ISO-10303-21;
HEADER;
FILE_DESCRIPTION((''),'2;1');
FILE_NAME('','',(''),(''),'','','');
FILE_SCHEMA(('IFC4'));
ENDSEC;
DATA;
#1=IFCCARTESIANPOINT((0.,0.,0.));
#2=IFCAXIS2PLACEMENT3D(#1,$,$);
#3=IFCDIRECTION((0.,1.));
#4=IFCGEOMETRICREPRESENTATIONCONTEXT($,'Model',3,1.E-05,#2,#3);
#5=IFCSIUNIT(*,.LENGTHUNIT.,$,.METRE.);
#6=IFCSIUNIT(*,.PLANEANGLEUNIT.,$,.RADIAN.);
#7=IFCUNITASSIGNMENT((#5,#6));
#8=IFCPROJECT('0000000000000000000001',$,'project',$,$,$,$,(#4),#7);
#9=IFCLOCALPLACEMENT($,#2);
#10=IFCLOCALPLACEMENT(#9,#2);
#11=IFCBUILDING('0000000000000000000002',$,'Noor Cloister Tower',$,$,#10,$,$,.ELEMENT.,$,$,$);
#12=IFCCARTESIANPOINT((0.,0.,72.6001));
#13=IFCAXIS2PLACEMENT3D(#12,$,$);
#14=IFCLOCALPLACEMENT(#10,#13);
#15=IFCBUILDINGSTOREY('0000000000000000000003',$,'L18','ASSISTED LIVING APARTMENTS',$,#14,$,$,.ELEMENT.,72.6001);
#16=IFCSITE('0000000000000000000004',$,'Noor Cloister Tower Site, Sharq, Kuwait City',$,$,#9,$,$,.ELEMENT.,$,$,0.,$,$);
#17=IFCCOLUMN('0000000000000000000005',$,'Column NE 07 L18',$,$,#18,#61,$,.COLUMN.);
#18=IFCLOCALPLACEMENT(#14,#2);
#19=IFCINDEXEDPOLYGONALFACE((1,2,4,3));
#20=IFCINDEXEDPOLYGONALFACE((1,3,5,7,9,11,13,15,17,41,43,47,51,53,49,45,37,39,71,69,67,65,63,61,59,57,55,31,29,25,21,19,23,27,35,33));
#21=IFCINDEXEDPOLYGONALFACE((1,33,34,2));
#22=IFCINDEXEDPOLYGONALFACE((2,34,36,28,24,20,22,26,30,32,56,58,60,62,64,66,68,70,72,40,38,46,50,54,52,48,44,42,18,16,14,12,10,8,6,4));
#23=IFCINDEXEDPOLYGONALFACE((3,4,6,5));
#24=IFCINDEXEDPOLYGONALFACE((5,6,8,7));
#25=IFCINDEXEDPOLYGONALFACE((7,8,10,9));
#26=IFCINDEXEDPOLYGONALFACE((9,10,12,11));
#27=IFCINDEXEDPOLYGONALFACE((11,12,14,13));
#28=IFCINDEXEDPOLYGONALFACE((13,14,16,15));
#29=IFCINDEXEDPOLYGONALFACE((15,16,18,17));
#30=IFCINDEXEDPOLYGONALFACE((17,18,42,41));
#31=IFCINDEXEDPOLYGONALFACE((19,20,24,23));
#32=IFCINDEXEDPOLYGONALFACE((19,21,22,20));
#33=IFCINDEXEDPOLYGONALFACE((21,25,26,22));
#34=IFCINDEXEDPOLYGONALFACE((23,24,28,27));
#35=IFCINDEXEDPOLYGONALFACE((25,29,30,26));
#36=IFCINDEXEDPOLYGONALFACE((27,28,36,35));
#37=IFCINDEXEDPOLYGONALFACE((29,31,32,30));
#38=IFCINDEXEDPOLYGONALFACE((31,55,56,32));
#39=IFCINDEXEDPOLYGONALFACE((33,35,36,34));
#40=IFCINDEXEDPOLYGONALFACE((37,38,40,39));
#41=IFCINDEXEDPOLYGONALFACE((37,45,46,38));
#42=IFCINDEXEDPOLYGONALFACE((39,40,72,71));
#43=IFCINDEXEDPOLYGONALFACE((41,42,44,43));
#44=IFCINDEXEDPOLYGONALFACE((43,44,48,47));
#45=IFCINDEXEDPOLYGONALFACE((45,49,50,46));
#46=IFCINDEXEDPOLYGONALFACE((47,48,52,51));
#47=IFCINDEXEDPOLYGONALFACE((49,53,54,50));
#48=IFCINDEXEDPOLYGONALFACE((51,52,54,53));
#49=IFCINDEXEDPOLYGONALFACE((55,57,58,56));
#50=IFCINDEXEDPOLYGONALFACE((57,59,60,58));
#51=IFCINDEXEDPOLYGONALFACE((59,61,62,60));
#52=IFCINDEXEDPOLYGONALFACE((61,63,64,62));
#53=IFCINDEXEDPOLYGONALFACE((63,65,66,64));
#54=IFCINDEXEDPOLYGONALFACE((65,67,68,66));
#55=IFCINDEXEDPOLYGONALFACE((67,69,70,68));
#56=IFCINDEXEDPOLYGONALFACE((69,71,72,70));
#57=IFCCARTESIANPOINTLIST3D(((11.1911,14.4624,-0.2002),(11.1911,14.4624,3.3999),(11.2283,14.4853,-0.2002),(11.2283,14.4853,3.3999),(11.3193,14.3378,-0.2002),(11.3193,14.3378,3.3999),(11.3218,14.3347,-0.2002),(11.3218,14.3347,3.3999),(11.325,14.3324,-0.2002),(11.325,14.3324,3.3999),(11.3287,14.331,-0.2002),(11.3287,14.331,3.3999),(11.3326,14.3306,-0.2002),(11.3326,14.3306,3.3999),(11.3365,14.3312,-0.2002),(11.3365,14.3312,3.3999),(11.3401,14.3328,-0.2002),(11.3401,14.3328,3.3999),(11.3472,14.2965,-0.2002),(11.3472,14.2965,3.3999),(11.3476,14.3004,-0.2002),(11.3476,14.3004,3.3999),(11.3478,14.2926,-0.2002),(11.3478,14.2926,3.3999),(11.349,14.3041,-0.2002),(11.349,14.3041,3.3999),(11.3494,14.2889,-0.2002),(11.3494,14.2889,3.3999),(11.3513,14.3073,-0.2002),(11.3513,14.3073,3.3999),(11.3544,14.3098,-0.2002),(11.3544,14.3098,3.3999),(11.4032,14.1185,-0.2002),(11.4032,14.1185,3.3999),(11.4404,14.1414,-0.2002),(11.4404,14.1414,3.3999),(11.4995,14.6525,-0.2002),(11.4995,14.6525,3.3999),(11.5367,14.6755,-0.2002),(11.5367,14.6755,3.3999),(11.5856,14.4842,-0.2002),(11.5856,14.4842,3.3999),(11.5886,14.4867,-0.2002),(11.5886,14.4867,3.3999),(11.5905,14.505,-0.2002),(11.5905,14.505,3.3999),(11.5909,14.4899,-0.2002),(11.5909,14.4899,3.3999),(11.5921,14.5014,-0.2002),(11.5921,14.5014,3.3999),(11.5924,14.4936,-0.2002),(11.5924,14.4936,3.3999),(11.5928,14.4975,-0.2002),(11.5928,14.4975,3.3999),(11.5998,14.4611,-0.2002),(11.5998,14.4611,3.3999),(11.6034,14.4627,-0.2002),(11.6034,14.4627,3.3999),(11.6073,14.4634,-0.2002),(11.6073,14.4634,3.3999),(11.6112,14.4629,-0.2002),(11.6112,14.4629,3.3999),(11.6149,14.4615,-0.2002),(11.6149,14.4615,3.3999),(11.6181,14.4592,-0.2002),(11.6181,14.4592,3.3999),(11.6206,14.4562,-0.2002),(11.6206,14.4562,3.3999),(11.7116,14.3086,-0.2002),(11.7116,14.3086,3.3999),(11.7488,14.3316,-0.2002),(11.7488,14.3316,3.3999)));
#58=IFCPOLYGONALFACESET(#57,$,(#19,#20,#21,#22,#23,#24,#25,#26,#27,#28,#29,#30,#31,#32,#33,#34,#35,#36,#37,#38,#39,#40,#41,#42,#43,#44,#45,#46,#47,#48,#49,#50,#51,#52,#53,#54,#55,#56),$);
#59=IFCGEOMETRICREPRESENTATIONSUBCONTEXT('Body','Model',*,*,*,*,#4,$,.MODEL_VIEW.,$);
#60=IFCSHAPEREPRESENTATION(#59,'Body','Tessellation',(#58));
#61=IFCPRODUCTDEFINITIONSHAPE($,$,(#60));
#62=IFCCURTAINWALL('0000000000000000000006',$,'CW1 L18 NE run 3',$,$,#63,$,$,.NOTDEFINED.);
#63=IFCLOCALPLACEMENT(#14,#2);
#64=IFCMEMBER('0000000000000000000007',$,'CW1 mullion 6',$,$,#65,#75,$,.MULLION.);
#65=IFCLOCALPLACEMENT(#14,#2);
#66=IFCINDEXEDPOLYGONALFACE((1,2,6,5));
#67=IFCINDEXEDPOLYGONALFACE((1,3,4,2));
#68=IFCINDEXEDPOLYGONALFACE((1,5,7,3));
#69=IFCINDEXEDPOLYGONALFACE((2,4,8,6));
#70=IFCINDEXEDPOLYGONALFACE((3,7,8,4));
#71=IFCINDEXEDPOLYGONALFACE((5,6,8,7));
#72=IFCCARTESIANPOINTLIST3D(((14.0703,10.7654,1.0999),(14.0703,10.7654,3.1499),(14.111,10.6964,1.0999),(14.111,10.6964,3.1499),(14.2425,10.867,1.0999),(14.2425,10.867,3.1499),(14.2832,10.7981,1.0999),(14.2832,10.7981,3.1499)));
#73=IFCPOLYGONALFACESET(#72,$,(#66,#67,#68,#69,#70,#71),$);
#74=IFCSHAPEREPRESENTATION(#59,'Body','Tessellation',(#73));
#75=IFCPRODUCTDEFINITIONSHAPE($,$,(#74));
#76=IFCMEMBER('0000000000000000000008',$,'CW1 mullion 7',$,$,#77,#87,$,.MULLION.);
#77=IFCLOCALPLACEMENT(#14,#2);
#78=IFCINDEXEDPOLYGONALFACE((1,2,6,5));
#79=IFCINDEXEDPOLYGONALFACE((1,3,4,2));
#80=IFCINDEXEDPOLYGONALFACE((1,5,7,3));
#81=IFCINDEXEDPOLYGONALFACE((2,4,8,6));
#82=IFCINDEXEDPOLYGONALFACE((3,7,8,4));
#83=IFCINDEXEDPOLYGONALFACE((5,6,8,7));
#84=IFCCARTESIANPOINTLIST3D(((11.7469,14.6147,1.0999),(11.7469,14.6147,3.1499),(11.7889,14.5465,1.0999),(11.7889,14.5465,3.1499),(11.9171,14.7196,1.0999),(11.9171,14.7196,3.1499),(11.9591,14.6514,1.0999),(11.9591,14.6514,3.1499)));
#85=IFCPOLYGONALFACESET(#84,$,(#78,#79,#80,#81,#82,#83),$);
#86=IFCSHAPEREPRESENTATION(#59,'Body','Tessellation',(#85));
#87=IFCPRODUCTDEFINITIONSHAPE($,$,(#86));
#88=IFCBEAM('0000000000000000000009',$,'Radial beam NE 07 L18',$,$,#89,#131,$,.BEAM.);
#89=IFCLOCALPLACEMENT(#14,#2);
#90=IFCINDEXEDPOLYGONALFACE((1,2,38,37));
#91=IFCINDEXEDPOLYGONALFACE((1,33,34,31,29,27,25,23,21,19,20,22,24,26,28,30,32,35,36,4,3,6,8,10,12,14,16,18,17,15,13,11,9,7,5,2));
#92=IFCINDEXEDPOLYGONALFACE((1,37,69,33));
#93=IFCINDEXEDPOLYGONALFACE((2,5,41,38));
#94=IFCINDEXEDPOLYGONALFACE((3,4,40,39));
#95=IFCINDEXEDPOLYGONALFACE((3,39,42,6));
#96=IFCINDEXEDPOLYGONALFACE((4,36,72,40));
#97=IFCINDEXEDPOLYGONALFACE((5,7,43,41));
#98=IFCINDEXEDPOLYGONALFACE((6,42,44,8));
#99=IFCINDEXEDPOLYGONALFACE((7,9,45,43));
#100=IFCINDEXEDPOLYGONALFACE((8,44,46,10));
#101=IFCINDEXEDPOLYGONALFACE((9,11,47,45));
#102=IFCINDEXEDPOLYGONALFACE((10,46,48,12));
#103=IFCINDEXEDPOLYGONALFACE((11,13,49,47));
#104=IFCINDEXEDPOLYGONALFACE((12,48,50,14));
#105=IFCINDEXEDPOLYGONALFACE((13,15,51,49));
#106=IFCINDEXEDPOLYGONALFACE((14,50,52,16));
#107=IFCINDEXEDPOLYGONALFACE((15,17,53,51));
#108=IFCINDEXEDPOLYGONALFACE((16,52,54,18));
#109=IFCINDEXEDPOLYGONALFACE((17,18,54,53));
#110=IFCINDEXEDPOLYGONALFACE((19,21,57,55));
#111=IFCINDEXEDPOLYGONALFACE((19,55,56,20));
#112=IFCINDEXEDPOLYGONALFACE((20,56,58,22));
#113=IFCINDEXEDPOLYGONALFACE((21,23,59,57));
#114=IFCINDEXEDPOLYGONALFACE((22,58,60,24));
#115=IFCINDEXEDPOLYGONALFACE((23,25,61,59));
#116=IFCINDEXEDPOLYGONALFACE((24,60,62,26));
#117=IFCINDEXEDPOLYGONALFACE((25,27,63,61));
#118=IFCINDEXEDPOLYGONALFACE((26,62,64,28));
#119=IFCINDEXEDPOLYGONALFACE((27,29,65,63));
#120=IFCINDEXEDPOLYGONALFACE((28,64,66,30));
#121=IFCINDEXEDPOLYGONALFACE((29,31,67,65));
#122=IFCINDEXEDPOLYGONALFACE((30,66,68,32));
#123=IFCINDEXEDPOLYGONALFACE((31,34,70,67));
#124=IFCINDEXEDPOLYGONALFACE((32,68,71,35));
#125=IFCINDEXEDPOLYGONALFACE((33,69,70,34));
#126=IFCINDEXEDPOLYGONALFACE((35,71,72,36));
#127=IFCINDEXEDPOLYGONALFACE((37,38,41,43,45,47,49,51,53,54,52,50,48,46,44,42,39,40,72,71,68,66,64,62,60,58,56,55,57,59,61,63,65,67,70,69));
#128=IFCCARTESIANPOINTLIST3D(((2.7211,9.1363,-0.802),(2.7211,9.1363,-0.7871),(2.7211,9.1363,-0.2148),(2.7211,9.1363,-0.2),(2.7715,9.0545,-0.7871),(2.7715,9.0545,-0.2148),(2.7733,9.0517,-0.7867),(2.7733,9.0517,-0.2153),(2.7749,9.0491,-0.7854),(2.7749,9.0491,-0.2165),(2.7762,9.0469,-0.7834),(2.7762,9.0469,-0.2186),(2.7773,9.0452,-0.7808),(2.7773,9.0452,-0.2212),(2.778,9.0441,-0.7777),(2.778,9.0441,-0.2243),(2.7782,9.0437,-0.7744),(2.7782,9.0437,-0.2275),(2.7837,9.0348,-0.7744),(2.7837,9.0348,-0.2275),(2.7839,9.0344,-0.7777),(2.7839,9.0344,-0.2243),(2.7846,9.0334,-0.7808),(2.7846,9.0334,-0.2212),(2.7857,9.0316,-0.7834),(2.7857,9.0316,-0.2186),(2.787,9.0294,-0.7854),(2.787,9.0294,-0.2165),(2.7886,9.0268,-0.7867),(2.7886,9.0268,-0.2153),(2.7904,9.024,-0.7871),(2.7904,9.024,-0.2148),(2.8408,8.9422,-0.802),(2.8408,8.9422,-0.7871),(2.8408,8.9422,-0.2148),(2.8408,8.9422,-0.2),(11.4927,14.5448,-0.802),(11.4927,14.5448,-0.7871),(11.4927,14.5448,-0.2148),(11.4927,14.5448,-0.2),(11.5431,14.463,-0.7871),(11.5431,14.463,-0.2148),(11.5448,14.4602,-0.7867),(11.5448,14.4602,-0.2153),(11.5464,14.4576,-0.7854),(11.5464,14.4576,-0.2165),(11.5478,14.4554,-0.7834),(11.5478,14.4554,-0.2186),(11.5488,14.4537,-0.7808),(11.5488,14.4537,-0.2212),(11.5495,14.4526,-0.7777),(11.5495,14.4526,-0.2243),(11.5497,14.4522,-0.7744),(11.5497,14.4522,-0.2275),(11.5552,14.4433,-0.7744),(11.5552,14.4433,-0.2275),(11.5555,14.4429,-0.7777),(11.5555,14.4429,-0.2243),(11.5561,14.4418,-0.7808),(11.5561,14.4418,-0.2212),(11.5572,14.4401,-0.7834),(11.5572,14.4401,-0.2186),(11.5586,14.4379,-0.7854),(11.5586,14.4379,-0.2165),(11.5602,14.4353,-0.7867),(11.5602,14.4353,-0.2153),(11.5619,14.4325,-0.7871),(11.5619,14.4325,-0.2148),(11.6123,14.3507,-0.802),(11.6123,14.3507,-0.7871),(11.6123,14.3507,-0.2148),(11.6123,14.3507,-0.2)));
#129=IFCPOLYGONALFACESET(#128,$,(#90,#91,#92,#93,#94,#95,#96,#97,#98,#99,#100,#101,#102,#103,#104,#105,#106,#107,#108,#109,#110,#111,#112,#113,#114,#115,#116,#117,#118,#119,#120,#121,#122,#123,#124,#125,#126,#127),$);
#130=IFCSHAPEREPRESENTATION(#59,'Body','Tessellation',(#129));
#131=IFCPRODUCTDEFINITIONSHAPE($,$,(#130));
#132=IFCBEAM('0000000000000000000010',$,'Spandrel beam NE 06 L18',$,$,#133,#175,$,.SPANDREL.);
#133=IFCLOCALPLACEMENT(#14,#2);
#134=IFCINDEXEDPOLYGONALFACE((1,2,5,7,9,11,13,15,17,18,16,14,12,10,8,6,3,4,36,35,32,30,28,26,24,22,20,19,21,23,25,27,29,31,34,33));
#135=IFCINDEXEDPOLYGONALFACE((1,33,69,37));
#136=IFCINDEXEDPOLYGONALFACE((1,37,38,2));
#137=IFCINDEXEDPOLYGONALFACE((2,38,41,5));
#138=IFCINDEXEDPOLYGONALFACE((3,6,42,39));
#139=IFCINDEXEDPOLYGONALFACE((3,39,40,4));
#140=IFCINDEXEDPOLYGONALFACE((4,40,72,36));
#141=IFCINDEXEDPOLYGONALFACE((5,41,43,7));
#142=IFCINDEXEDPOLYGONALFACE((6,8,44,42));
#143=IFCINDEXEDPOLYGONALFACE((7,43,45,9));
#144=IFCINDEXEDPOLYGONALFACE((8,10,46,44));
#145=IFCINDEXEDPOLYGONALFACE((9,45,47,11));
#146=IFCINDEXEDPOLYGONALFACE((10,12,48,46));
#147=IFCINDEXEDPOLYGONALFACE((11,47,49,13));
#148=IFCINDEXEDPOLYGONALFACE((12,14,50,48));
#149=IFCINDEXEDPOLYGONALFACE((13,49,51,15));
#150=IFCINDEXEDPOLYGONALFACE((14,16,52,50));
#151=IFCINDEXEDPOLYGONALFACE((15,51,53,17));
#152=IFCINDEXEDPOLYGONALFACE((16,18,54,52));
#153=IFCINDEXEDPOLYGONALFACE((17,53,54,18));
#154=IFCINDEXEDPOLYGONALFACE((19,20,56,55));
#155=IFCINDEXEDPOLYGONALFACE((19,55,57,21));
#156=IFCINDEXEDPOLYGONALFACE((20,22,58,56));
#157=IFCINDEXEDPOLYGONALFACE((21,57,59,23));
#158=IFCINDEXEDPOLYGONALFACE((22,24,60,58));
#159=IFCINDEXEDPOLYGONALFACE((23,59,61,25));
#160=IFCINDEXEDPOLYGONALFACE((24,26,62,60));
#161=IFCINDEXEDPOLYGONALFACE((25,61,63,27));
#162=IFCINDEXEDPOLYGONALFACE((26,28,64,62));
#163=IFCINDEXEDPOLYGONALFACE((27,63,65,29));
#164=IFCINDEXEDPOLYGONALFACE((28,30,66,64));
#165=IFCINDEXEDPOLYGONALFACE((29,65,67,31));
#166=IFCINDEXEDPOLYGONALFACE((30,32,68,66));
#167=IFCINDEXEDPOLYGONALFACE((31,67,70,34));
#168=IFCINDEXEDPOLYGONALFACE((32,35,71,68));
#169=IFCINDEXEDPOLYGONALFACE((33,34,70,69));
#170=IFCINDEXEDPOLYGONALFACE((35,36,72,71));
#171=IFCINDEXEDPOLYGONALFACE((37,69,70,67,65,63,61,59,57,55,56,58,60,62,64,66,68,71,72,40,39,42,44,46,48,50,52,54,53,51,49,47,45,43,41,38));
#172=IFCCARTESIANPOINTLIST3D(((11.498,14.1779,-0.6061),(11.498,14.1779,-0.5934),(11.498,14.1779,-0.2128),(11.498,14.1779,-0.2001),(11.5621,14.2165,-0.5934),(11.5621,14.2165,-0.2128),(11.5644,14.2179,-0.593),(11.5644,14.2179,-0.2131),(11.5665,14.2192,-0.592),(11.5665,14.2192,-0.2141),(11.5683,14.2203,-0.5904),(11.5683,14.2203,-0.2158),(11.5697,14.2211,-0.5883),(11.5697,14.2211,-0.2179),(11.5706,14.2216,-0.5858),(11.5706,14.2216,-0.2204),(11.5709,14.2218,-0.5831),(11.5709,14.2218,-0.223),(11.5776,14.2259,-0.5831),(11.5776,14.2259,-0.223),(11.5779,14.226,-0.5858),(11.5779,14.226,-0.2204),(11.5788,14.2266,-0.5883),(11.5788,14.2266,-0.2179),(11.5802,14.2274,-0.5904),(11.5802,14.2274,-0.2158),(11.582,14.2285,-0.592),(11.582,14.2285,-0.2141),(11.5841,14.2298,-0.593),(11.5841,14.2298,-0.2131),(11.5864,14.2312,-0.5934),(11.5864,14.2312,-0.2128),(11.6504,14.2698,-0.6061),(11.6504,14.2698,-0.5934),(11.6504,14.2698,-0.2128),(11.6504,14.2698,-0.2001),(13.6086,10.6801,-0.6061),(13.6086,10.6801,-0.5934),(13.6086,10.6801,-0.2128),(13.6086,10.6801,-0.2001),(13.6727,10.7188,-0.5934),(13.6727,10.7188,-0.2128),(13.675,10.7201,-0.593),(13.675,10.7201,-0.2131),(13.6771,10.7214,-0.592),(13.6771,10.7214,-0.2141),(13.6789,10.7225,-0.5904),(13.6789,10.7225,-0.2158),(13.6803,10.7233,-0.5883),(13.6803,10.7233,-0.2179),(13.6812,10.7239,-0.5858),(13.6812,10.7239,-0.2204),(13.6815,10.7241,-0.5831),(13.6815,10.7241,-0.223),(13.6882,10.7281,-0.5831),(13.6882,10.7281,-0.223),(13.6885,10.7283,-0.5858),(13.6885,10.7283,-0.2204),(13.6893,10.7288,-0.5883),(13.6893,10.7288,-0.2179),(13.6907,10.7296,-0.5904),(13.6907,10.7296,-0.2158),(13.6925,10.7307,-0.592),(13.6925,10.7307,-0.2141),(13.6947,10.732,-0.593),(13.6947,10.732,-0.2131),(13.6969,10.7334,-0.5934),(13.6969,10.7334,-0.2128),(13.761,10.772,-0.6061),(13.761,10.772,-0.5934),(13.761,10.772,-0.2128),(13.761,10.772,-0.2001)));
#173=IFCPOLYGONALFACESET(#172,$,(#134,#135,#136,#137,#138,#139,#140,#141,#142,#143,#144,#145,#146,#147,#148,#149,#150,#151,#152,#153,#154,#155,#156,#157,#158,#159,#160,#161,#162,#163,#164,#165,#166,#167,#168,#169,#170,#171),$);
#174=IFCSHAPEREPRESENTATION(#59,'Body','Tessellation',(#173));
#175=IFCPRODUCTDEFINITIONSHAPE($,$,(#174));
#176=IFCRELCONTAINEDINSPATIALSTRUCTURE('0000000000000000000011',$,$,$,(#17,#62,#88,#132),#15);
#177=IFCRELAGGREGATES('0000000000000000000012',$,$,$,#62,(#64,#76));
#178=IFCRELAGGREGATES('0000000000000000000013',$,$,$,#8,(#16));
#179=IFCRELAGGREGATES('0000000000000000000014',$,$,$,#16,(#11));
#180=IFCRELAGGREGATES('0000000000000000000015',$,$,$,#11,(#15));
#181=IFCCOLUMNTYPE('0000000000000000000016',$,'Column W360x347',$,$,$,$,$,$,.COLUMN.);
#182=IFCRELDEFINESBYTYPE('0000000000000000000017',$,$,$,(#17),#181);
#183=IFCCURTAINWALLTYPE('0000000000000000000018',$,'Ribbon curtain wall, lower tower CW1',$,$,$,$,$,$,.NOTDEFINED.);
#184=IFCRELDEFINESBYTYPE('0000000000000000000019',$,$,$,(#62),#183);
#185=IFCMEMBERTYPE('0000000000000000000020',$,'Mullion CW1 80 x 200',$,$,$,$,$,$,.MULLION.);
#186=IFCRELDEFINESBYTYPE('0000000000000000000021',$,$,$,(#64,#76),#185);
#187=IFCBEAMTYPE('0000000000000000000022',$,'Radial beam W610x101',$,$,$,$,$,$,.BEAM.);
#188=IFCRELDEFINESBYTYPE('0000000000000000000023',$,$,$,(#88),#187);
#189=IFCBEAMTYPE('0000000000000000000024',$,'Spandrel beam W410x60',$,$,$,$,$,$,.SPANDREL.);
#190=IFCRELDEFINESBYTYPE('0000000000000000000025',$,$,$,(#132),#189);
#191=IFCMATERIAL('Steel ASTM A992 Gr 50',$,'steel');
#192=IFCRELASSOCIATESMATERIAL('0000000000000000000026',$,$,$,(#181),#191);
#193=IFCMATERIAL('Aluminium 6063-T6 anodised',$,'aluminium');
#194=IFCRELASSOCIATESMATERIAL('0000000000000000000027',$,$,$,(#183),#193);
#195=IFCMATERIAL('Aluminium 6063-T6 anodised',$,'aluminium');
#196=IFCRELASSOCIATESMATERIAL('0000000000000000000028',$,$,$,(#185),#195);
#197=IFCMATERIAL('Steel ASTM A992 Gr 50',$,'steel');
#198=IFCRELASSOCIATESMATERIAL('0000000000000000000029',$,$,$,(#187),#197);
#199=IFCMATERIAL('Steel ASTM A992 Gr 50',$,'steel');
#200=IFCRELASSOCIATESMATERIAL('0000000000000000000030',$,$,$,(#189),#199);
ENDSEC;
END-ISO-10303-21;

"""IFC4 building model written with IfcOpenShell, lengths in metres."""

from ifc_helpers import new_model, si_unit, direction, frame, origin, origin_2d, place, context, subcontext, project, spatial, rectangle, i_section, extrude, material, material_profile, profile_set, type_object, element, aggregate, save


model = new_model("IFC4")

# Units and contexts
model_context = context("Model", 3, precision=1e-05, world=origin(), true_north=direction((0.0, 1.0)))
body_context = subcontext(model_context, "Body", "Model", "MODEL_VIEW")
ifc_project = project(units=[si_unit("LENGTHUNIT", "METRE"), si_unit("PLANEANGLEUNIT", "RADIAN")], contexts=[model_context])

# Site, building, storey
site_placement = place(None, origin())
site = spatial("IfcSite", under=ifc_project, at=site_placement, Name="Noor Cloister Tower Site, Sharq, Kuwait City", CompositionType="ELEMENT", RefElevation=0.0)
building_placement = place(site_placement, origin())
building = spatial("IfcBuilding", under=site, at=building_placement, Name="Noor Cloister Tower", CompositionType="ELEMENT")
storey_placement = place(building_placement, frame((0.0, 0.0, 72.6001)))
storey = spatial("IfcBuildingStorey", under=building, at=storey_placement, Name="L18", Description="ASSISTED LIVING APARTMENTS", CompositionType="ELEMENT", Elevation=72.6001)

# Column
ifc_material_1 = material(Name="Steel ASTM A992 Gr 50", Category="steel")
ifc_material_profile_1 = material_profile(ifc_material_1, i_section(OverallWidth=0.4041, OverallDepth=0.406, WebThickness=0.0271, FlangeThickness=0.0437, FilletRadius=0.0151, at=origin_2d()), Name="W360x347")
ifc_profile_set_1 = profile_set([ifc_material_profile_1], Name="Steel ASTM A992 Gr 50")
column_type = type_object("IfcColumnType", Name="Column W360x347", PredefinedType="COLUMN", material=ifc_profile_set_1)
column_placement = place(storey_placement, frame((11.47, 14.397, -0.2002), z_axis=(0.0, 0.0, 1.0), x_axis=(-0.524849, 0.851196, 0.0)))
element("IfcColumn", 1, at=column_placement, inside=storey, type_object=column_type, Name="Column NE 07 L18", PredefinedType="COLUMN", context=body_context, shape_type="SweptSolid", body=[
    extrude(i_section(OverallWidth=0.4041, OverallDepth=0.406, WebThickness=0.0271, FlangeThickness=0.0437, FilletRadius=0.0151, at=origin_2d()), origin(), (0.0, 0.0, 1.0), 3.6001),
])

# Curtain wall, members
ifc_material_2 = material(Name="Aluminium 6063-T6 anodised", Category="aluminium")
curtain_wall_type = type_object("IfcCurtainWallType", Name="Ribbon curtain wall, lower tower CW1", PredefinedType="NOTDEFINED", material=ifc_material_2)
curtain_wall_placement = place(storey_placement, origin())
curtain_wall = element("IfcCurtainWall", 2, at=curtain_wall_placement, inside=storey, type_object=curtain_wall_type, Name="CW1 L18 NE run 3", PredefinedType="NOTDEFINED")
ifc_material_3 = material(Name="Aluminium 6063-T6 anodised", Category="aluminium")
ifc_material_profile_2 = material_profile(ifc_material_3, rectangle(XDim=0.2, YDim=0.0801, at=origin_2d()), Name="200 x 80 mullion")
ifc_profile_set_2 = profile_set([ifc_material_profile_2], Name="Aluminium 6063-T6 anodised")
member_type = type_object("IfcMemberType", Name="Mullion CW1 80 x 200", PredefinedType="MULLION", material=ifc_profile_set_2)
member_1_placement = place(storey_placement, frame((14.1768, 10.7817, 1.0999), z_axis=(0.0, 0.0, 1.0), x_axis=(-0.861162, -0.50833, 0.0)))
member_1 = element("IfcMember", 3, at=member_1_placement, type_object=member_type, Name="CW1 mullion 6", PredefinedType="MULLION", context=body_context, shape_type="SweptSolid", body=[
    extrude(rectangle(XDim=0.2, YDim=0.0801, at=origin_2d()), origin(), (0.0, 0.0, 1.0), 2.05),
])
member_2_placement = place(storey_placement, frame((11.853, 14.6331, 1.0999), z_axis=(0.0, 0.0, 1.0), x_axis=(-0.851196, -0.524849, 0.0)))
member_2 = element("IfcMember", 4, at=member_2_placement, type_object=member_type, Name="CW1 mullion 7", PredefinedType="MULLION", context=body_context, shape_type="SweptSolid", body=[
    extrude(rectangle(XDim=0.2, YDim=0.0801, at=origin_2d()), origin(), (0.0, 0.0, 1.0), 2.05),
])

# Beams
ifc_material_4 = material(Name="Steel ASTM A992 Gr 50", Category="steel")
ifc_material_profile_3 = material_profile(ifc_material_4, i_section(OverallWidth=0.228, OverallDepth=0.6021, WebThickness=0.0105, FlangeThickness=0.0149, FilletRadius=0.0127, at=origin_2d()), Name="W610x101")
ifc_profile_set_3 = profile_set([ifc_material_profile_3], Name="Steel ASTM A992 Gr 50")
beam_type_1 = type_object("IfcBeamType", Name="Radial beam W610x101", PredefinedType="BEAM", material=ifc_profile_set_3)
beam_1_placement = place(storey_placement, frame((11.5525, 14.4478, -0.501), z_axis=(-0.851198, -0.524844, 0.0), x_axis=(0.524844, -0.851198, 0.0)))
element("IfcBeam", 5, at=beam_1_placement, inside=storey, type_object=beam_type_1, Name="Radial beam NE 07 L18", PredefinedType="BEAM", context=body_context, shape_type="SweptSolid", body=[
    extrude(i_section(OverallWidth=0.228, OverallDepth=0.6021, WebThickness=0.0105, FlangeThickness=0.0149, FilletRadius=0.0127, at=origin_2d()), origin(), (0.0, 0.0, 1.0), 10.3049),
])
ifc_material_5 = material(Name="Steel ASTM A992 Gr 50", Category="steel")
ifc_material_profile_4 = material_profile(ifc_material_5, i_section(OverallWidth=0.178, OverallDepth=0.406, WebThickness=0.0078, FlangeThickness=0.0127, FilletRadius=0.0103, at=origin_2d()), Name="W410x60")
ifc_profile_set_4 = profile_set([ifc_material_profile_4], Name="Steel ASTM A992 Gr 50")
beam_type_2 = type_object("IfcBeamType", Name="Spandrel beam W410x60", PredefinedType="SPANDREL", material=ifc_profile_set_4)
beam_2_placement = place(storey_placement, frame((13.6848, 10.7261, -0.4031), z_axis=(-0.516639, 0.856204, 0.0), x_axis=(-0.856204, -0.516639, 0.0)))
element("IfcBeam", 6, at=beam_2_placement, inside=storey, type_object=beam_type_2, Name="Spandrel beam NE 06 L18", PredefinedType="SPANDREL", context=body_context, shape_type="SweptSolid", body=[
    extrude(i_section(OverallWidth=0.178, OverallDepth=0.406, WebThickness=0.0078, FlangeThickness=0.0127, FilletRadius=0.0103, at=origin_2d()), origin(), (0.0, 0.0, 1.0), 4.0852),
])

aggregate(curtain_wall, [member_1, member_2])

save(model, "model.ifc")
